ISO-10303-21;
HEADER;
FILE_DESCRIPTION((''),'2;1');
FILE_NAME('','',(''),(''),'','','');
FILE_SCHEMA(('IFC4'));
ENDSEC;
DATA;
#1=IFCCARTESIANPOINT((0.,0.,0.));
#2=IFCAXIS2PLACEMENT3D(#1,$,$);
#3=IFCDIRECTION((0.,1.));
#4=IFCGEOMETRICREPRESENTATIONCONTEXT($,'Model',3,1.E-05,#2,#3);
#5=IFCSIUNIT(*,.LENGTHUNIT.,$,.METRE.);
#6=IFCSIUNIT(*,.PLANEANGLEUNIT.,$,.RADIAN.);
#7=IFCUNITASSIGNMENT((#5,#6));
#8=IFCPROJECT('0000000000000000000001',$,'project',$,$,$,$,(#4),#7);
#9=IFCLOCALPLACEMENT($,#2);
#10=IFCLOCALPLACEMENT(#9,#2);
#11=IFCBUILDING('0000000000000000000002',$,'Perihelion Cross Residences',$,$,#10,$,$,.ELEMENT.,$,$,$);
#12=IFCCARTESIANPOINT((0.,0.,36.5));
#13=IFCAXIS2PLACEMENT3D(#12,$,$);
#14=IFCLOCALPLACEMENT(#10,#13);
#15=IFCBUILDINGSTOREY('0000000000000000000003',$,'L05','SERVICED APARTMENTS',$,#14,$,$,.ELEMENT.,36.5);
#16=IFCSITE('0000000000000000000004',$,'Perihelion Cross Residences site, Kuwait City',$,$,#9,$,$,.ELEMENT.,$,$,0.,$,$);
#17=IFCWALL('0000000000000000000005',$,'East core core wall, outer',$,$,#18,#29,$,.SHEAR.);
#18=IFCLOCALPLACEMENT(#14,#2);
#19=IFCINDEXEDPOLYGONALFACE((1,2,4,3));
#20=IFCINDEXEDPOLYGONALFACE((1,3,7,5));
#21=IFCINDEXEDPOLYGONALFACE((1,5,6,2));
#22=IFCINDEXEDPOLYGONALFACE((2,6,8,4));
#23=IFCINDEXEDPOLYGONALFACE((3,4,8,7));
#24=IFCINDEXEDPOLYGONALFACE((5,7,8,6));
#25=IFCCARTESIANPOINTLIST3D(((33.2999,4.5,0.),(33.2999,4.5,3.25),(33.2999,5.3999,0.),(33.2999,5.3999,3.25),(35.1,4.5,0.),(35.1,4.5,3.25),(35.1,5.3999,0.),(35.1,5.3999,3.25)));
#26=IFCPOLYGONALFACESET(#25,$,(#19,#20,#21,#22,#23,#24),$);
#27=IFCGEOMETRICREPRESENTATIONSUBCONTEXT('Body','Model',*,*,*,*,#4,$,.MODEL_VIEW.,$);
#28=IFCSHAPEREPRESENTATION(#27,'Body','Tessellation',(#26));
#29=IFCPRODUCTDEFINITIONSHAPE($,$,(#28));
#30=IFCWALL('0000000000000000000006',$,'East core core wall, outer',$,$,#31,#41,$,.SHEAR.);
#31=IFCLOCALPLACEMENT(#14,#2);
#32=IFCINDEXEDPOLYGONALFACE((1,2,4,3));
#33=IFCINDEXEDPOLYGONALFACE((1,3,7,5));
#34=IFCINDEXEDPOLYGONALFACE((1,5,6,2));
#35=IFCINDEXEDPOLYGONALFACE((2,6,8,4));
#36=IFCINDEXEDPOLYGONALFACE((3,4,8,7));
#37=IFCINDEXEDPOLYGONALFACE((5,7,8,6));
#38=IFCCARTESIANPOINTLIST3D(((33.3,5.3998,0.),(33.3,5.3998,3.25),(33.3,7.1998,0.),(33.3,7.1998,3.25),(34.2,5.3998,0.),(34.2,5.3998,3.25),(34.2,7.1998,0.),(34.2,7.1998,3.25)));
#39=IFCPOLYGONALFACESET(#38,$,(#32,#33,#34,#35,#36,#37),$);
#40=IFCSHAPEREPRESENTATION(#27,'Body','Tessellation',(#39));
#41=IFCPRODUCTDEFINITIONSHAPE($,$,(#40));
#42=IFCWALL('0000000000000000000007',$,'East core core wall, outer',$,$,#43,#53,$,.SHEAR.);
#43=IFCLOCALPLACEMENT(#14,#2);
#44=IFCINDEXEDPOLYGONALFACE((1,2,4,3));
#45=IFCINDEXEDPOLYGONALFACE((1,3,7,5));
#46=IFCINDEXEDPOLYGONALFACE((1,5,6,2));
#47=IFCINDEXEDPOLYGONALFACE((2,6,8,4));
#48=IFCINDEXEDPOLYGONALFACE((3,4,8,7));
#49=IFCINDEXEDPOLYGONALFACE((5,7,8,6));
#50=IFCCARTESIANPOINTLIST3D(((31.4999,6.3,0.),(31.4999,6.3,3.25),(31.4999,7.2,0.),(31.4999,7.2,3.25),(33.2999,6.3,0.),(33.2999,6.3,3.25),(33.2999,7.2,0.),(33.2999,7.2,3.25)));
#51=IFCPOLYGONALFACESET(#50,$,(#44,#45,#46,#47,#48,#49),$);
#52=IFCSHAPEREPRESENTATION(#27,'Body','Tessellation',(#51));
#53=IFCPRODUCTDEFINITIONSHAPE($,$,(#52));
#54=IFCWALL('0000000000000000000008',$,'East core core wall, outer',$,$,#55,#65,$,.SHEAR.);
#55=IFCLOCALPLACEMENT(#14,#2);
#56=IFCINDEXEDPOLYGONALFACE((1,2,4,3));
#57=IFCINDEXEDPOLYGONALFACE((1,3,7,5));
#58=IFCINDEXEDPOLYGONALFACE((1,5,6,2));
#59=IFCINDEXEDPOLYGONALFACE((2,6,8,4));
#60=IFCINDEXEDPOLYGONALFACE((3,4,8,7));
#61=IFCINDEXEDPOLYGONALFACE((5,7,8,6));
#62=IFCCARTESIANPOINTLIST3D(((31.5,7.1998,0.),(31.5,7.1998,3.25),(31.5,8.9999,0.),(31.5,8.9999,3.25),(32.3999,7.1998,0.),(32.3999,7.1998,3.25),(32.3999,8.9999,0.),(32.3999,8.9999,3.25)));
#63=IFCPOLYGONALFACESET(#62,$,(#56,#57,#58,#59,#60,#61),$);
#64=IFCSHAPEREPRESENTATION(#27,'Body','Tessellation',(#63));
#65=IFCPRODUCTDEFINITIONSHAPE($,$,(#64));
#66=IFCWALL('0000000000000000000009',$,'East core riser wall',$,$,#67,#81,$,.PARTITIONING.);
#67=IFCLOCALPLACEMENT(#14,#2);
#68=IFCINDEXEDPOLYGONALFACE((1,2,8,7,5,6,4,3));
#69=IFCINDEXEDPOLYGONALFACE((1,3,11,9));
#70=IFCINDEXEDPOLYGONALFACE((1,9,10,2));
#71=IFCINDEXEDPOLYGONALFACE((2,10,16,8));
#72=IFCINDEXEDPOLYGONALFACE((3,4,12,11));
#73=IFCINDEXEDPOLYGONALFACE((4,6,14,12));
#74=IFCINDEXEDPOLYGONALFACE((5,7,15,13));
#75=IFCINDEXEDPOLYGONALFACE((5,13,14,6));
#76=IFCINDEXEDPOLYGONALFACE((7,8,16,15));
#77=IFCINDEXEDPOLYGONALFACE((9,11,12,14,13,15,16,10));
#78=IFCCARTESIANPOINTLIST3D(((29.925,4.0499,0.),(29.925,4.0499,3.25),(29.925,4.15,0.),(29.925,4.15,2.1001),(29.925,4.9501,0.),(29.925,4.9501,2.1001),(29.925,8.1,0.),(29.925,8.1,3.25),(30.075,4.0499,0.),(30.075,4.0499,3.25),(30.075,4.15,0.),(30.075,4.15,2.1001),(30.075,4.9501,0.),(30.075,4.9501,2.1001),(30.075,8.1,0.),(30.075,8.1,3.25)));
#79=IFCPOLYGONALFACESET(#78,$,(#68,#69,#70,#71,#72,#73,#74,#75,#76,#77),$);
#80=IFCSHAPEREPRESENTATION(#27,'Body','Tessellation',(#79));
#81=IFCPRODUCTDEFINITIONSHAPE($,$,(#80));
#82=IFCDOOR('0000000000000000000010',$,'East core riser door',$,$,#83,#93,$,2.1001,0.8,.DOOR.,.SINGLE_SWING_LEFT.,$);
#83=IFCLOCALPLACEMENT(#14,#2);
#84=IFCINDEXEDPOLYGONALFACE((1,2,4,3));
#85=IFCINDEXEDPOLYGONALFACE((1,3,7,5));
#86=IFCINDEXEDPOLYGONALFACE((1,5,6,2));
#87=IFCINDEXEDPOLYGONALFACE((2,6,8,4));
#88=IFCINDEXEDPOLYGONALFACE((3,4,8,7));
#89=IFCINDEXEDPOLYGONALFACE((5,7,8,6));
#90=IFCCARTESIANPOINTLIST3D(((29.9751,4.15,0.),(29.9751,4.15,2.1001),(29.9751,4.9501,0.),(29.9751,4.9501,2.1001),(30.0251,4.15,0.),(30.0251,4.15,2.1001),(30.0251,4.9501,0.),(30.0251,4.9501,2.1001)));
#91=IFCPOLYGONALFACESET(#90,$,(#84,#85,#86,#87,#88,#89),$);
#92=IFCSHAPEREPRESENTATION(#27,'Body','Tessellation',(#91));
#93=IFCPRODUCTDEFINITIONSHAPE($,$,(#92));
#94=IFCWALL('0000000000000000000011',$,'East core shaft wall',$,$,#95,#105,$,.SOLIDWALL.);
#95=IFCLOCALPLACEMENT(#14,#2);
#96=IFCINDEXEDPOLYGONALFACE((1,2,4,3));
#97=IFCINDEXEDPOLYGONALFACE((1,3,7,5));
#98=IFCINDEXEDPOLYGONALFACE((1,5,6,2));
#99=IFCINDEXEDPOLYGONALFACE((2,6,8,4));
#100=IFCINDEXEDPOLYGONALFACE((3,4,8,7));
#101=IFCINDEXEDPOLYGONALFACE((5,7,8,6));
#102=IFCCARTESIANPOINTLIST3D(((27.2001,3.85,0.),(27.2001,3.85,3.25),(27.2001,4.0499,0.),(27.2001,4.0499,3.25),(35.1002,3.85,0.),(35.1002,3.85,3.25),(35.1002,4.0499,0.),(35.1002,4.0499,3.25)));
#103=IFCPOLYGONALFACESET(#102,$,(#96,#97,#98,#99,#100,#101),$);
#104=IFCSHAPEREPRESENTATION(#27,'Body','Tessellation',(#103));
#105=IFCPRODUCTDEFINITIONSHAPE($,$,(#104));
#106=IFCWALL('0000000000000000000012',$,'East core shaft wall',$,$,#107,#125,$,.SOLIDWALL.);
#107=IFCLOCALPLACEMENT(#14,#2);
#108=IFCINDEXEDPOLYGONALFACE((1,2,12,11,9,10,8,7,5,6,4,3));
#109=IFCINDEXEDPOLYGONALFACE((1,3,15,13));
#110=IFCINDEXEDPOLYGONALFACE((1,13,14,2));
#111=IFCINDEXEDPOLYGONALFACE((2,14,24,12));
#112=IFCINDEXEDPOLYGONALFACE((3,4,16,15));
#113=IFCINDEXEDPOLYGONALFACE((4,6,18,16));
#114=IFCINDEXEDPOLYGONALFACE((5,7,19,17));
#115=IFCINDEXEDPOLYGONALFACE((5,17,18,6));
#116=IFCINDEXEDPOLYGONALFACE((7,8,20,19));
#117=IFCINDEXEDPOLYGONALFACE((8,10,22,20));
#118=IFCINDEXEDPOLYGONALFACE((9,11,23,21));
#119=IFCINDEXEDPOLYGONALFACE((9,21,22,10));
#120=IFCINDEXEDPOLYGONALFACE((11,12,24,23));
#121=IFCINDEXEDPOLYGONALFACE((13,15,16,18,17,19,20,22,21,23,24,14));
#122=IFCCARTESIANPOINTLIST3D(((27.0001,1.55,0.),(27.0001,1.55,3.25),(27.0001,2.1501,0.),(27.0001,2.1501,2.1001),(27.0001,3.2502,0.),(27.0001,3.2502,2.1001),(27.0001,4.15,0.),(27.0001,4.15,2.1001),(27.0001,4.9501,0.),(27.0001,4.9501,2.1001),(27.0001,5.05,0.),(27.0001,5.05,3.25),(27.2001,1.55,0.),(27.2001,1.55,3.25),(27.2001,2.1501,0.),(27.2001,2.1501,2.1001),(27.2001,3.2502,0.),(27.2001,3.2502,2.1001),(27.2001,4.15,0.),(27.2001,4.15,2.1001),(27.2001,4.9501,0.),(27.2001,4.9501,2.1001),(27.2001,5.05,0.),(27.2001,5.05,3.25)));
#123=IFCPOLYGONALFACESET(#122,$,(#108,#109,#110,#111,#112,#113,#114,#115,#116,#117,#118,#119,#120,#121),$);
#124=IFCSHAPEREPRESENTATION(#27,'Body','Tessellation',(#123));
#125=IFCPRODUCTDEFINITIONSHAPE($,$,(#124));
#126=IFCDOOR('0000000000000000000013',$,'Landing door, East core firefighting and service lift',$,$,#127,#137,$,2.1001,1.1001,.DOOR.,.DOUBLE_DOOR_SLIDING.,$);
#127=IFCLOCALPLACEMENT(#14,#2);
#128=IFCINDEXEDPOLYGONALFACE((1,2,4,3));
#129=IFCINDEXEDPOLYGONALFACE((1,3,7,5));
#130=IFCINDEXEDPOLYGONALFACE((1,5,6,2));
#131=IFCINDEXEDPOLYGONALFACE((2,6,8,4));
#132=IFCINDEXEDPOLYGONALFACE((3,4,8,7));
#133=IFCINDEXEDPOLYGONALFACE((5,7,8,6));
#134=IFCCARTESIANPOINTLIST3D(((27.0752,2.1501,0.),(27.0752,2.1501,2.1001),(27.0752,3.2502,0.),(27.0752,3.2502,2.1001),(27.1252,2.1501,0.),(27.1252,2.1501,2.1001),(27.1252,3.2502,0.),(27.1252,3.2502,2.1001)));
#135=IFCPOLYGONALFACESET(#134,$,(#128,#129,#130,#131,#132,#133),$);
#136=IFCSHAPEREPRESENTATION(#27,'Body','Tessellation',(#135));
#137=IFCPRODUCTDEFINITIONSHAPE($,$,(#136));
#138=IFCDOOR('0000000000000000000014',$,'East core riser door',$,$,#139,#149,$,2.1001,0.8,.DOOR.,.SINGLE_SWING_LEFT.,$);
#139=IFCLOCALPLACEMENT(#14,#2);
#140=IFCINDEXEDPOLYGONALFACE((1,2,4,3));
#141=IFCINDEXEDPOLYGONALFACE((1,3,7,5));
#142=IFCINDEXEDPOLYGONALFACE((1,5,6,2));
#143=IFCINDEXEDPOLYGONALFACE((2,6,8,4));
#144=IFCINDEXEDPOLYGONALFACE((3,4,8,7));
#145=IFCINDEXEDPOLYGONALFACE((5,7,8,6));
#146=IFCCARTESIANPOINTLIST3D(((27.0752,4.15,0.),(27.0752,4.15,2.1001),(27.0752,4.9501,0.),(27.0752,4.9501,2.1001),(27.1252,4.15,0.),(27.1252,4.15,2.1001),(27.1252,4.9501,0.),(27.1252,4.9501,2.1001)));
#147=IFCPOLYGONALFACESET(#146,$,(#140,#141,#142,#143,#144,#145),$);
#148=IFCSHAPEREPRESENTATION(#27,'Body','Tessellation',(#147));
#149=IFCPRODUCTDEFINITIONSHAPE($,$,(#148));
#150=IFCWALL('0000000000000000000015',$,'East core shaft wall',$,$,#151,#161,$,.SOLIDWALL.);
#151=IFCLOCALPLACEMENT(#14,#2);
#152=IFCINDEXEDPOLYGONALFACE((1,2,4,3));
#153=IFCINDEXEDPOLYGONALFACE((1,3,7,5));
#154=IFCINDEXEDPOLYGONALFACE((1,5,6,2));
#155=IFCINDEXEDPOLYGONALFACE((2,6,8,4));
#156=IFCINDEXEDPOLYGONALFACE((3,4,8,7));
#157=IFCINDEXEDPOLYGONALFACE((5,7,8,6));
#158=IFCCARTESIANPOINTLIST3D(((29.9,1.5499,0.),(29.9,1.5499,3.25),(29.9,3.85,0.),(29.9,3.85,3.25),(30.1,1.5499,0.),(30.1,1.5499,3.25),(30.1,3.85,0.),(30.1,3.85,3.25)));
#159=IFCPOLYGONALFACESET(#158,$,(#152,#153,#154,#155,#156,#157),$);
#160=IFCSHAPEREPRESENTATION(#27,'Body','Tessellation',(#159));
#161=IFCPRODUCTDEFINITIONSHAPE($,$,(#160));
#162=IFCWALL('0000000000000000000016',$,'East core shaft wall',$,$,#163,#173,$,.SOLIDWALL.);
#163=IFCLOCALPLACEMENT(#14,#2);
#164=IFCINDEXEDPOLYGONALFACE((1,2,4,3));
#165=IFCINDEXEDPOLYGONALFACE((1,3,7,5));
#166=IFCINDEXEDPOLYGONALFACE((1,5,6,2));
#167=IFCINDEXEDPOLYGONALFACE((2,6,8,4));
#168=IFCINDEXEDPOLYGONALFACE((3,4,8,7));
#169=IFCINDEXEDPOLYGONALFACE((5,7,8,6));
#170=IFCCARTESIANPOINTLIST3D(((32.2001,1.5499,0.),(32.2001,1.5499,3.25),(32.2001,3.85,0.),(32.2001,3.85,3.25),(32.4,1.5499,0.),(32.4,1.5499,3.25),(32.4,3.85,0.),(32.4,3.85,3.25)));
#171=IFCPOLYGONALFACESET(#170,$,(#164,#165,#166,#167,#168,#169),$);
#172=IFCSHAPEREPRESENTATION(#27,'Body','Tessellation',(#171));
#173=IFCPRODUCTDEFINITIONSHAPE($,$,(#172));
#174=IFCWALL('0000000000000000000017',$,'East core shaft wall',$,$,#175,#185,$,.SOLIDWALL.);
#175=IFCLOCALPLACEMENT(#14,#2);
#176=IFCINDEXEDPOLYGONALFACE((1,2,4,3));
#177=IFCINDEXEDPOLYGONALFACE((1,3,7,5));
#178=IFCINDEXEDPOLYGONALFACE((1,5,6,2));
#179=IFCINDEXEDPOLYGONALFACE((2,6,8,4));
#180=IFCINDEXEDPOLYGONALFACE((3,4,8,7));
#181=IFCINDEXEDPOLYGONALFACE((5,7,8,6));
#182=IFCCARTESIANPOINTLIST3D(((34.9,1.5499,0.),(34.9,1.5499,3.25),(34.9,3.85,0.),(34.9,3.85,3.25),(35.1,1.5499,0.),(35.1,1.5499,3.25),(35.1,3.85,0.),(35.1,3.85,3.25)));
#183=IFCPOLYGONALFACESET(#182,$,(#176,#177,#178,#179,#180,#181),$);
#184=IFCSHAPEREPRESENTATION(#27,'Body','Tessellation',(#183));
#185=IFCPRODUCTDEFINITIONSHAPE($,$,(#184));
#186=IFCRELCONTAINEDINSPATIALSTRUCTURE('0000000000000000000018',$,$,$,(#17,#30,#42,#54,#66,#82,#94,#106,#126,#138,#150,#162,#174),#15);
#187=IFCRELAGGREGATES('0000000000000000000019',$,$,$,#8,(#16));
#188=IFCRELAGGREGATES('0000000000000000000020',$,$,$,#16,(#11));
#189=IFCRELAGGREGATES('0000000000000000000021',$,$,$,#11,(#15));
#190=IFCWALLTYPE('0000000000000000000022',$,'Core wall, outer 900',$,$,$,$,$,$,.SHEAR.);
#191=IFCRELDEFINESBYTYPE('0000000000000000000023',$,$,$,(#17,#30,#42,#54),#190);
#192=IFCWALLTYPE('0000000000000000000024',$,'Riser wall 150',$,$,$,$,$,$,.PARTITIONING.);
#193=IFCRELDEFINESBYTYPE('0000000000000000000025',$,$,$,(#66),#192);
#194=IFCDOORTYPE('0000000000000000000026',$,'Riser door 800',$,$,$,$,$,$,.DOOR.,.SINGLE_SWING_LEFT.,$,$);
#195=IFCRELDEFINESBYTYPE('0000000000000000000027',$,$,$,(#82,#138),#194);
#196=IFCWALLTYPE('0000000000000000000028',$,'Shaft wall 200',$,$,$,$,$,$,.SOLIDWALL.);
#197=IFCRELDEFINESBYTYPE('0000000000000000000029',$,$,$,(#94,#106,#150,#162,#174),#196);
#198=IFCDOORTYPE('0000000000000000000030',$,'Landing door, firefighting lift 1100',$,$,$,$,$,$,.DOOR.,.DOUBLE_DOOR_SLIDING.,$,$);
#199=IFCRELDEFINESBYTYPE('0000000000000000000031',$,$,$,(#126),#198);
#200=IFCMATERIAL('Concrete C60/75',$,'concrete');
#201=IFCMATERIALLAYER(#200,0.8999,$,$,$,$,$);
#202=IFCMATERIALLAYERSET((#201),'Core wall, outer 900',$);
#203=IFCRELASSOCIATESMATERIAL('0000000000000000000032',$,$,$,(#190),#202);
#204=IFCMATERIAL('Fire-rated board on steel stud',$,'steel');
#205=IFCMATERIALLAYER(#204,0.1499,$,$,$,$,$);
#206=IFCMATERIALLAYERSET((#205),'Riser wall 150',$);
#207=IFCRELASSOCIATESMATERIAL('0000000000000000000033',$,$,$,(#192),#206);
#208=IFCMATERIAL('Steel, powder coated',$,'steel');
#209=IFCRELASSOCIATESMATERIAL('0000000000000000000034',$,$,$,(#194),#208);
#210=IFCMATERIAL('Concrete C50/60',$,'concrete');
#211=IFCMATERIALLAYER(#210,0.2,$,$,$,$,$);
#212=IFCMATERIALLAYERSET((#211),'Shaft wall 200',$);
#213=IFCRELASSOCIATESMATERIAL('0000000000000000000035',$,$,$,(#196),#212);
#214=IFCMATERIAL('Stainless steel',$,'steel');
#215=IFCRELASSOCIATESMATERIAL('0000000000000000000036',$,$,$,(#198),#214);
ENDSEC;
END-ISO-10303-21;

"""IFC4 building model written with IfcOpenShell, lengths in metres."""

from ifc_helpers import new_model, si_unit, direction, frame, frame_2d, origin, place, context, subcontext, project, spatial, rectangle, extrude, material, layer, layer_set, type_object, element, fill, save


model = new_model("IFC4")

# Units and contexts
model_context = context("Model", 3, precision=1e-05, world=origin(), true_north=direction((0.0, 1.0)))
body_context = subcontext(model_context, "Body", "Model", "MODEL_VIEW")
ifc_project = project(units=[si_unit("LENGTHUNIT", "METRE"), si_unit("PLANEANGLEUNIT", "RADIAN")], contexts=[model_context])

# Site, building, storey
site_placement = place(None, origin())
site = spatial("IfcSite", under=ifc_project, at=site_placement, Name="Perihelion Cross Residences site, Kuwait City", CompositionType="ELEMENT", RefElevation=0.0)
building_placement = place(site_placement, origin())
building = spatial("IfcBuilding", under=site, at=building_placement, Name="Perihelion Cross Residences", CompositionType="ELEMENT")
storey_placement = place(building_placement, frame((0.0, 0.0, 36.5)))
storey = spatial("IfcBuildingStorey", under=building, at=storey_placement, Name="L05", Description="SERVICED APARTMENTS", CompositionType="ELEMENT", Elevation=36.5)

# Walls
ifc_material_1 = material(Name="Concrete C60/75", Category="concrete")
ifc_layer_1 = layer(ifc_material_1, 0.8999)
ifc_layer_set_1 = layer_set([ifc_layer_1], Name="Core wall, outer 900")
wall_type_1 = type_object("IfcWallType", Name="Core wall, outer 900", PredefinedType="SHEAR", material=ifc_layer_set_1)
for number, where, z_axis, x_axis, name in (
    (1, (33.3, 4.95, 0.0), (0.0, 0.0, 1.0), (1.0, 0.0, 0.0), "East core core wall, outer"),
    (2, (33.75, 5.3999, 0.0), (0.0, 0.0, 1.0), (0.0, 1.0, 0.0), "East core core wall, outer"),
    (3, (31.5, 6.75, 0.0), (0.0, 0.0, 1.0), (1.0, 0.0, 0.0), "East core core wall, outer"),
    (4, (31.95, 7.2, 0.0), (0.0, 0.0, 1.0), (0.0, 1.0, 0.0), "East core core wall, outer"),
):
    element("IfcWall", number, at=place(storey_placement, frame(where, z_axis=z_axis, x_axis=x_axis)), inside=storey, type_object=wall_type_1, Name=name, PredefinedType="SHEAR", context=body_context, shape_type="SweptSolid", body=[
        extrude(rectangle(XDim=1.8, YDim=0.8999, at=frame_2d((0.8999, 0.0))), origin(), (0.0, 0.0, 1.0), 3.25),
    ])

# Wall, opening, door
ifc_material_2 = material(Name="Fire-rated board on steel stud", Category="steel")
ifc_layer_2 = layer(ifc_material_2, 0.1499)
ifc_layer_set_2 = layer_set([ifc_layer_2], Name="Riser wall 150")
wall_type_2 = type_object("IfcWallType", Name="Riser wall 150", PredefinedType="PARTITIONING", material=ifc_layer_set_2)
wall_1_placement = place(storey_placement, frame((30.0, 4.05, 0.0), z_axis=(0.0, 0.0, 1.0), x_axis=(0.0, 1.0, 0.0)))
wall_1 = element("IfcWall", 5, at=wall_1_placement, inside=storey, type_object=wall_type_2, Name="East core riser wall", PredefinedType="PARTITIONING", context=body_context, shape_type="SweptSolid", body=[
    extrude(rectangle(XDim=4.05, YDim=0.1499, at=frame_2d((2.0249, 0.0))), origin(), (0.0, 0.0, 1.0), 3.25),
])
opening_1_placement = place(wall_1_placement, frame((0.1001, 0.0, 0.0)))
opening_1 = element("IfcOpeningElement", 6, at=opening_1_placement, cuts=wall_1, PredefinedType="OPENING", context=body_context, shape_type="SweptSolid", body=[
    extrude(rectangle(XDim=0.8, YDim=2.1001, at=frame_2d((0.3999, 1.05))), frame((0.0, 0.085, 0.0), z_axis=(0.0, -1.0, 0.0), x_axis=(1.0, 0.0, 0.0)), (0.0, 0.0, 1.0), 0.1699),
])
ifc_material_3 = material(Name="Steel, powder coated", Category="steel")
door_type_1 = type_object("IfcDoorType", Name="Riser door 800", OperationType="SINGLE_SWING_LEFT", PredefinedType="DOOR", material=ifc_material_3)
door_1_placement = place(opening_1_placement, origin())
door_1 = element("IfcDoor", 7, at=door_1_placement, inside=storey, type_object=door_type_1, Name="East core riser door", OperationType="SINGLE_SWING_LEFT", OverallHeight=2.1001, OverallWidth=0.8, PredefinedType="DOOR", context=body_context, shape_type="SweptSolid", body=[
    extrude(rectangle(XDim=0.8, YDim=2.1001, at=frame_2d((0.3999, 1.05))), frame((0.0, 0.0249, 0.0), z_axis=(0.0, -1.0, 0.0), x_axis=(1.0, 0.0, 0.0)), (0.0, 0.0, 1.0), 0.05),
])
fill(opening_1, door_1)

# Wall
ifc_material_4 = material(Name="Concrete C50/60", Category="concrete")
ifc_layer_3 = layer(ifc_material_4, 0.2)
ifc_layer_set_3 = layer_set([ifc_layer_3], Name="Shaft wall 200")
wall_type_3 = type_object("IfcWallType", Name="Shaft wall 200", PredefinedType="SOLIDWALL", material=ifc_layer_set_3)
wall_2_placement = place(storey_placement, frame((27.2, 3.95, 0.0), z_axis=(0.0, 0.0, 1.0), x_axis=(1.0, 0.0, 0.0)))
element("IfcWall", 8, at=wall_2_placement, inside=storey, type_object=wall_type_3, Name="East core shaft wall", PredefinedType="SOLIDWALL", context=body_context, shape_type="SweptSolid", body=[
    extrude(rectangle(XDim=7.9001, YDim=0.2, at=frame_2d((3.9502, 0.0))), origin(), (0.0, 0.0, 1.0), 3.25),
])

# Wall, openings, doors
wall_3_placement = place(storey_placement, frame((27.1001, 1.55, 0.0), z_axis=(0.0, 0.0, 1.0), x_axis=(0.0, 1.0, 0.0)))
wall_3 = element("IfcWall", 9, at=wall_3_placement, inside=storey, type_object=wall_type_3, Name="East core shaft wall", PredefinedType="SOLIDWALL", context=body_context, shape_type="SweptSolid", body=[
    extrude(rectangle(XDim=3.5, YDim=0.2, at=frame_2d((1.75, 0.0))), origin(), (0.0, 0.0, 1.0), 3.25),
])
opening_2_placement = place(wall_3_placement, frame((0.6001, 0.0, 0.0)))
opening_2 = element("IfcOpeningElement", 10, at=opening_2_placement, cuts=wall_3, PredefinedType="OPENING", context=body_context, shape_type="SweptSolid", body=[
    extrude(rectangle(XDim=1.1001, YDim=2.1001, at=frame_2d((0.55, 1.05))), frame((0.0, 0.1099, 0.0), z_axis=(0.0, -1.0, 0.0), x_axis=(1.0, 0.0, 0.0)), (0.0, 0.0, 1.0), 0.22),
])
opening_3_placement = place(wall_3_placement, frame((2.6001, 0.0, 0.0)))
opening_3 = element("IfcOpeningElement", 11, at=opening_3_placement, cuts=wall_3, PredefinedType="OPENING", context=body_context, shape_type="SweptSolid", body=[
    extrude(rectangle(XDim=0.8, YDim=2.1001, at=frame_2d((0.3999, 1.05))), frame((0.0, 0.1099, 0.0), z_axis=(0.0, -1.0, 0.0), x_axis=(1.0, 0.0, 0.0)), (0.0, 0.0, 1.0), 0.22),
])
ifc_material_5 = material(Name="Stainless steel", Category="steel")
door_type_2 = type_object("IfcDoorType", Name="Landing door, firefighting lift 1100", OperationType="DOUBLE_DOOR_SLIDING", PredefinedType="DOOR", material=ifc_material_5)
door_2_placement = place(opening_2_placement, origin())
door_2 = element("IfcDoor", 12, at=door_2_placement, inside=storey, type_object=door_type_2, Name="Landing door, East core firefighting and service lift", OperationType="DOUBLE_DOOR_SLIDING", OverallHeight=2.1001, OverallWidth=1.1001, PredefinedType="DOOR", context=body_context, shape_type="SweptSolid", body=[
    extrude(rectangle(XDim=1.1001, YDim=2.1001, at=frame_2d((0.55, 1.05))), frame((0.0, 0.0249, 0.0), z_axis=(0.0, -1.0, 0.0), x_axis=(1.0, 0.0, 0.0)), (0.0, 0.0, 1.0), 0.05),
])
fill(opening_2, door_2)
door_3_placement = place(opening_3_placement, origin())
door_3 = element("IfcDoor", 13, at=door_3_placement, inside=storey, type_object=door_type_1, Name="East core riser door", OperationType="SINGLE_SWING_LEFT", OverallHeight=2.1001, OverallWidth=0.8, PredefinedType="DOOR", context=body_context, shape_type="SweptSolid", body=[
    extrude(rectangle(XDim=0.8, YDim=2.1001, at=frame_2d((0.3999, 1.05))), frame((0.0, 0.0249, 0.0), z_axis=(0.0, -1.0, 0.0), x_axis=(1.0, 0.0, 0.0)), (0.0, 0.0, 1.0), 0.05),
])
fill(opening_3, door_3)

# Walls
for number, where, z_axis, x_axis, name in (
    (14, (30.0, 1.55, 0.0), (0.0, 0.0, 1.0), (0.0, 1.0, 0.0), "East core shaft wall"),
    (15, (32.3, 1.55, 0.0), (0.0, 0.0, 1.0), (0.0, 1.0, 0.0), "East core shaft wall"),
    (16, (35.0, 1.55, 0.0), (0.0, 0.0, 1.0), (0.0, 1.0, 0.0), "East core shaft wall"),
):
    element("IfcWall", number, at=place(storey_placement, frame(where, z_axis=z_axis, x_axis=x_axis)), inside=storey, type_object=wall_type_3, Name=name, PredefinedType="SOLIDWALL", context=body_context, shape_type="SweptSolid", body=[
        extrude(rectangle(XDim=2.3, YDim=0.2, at=frame_2d((1.1499, 0.0))), origin(), (0.0, 0.0, 1.0), 3.25),
    ])

save(model, "model.ifc")
